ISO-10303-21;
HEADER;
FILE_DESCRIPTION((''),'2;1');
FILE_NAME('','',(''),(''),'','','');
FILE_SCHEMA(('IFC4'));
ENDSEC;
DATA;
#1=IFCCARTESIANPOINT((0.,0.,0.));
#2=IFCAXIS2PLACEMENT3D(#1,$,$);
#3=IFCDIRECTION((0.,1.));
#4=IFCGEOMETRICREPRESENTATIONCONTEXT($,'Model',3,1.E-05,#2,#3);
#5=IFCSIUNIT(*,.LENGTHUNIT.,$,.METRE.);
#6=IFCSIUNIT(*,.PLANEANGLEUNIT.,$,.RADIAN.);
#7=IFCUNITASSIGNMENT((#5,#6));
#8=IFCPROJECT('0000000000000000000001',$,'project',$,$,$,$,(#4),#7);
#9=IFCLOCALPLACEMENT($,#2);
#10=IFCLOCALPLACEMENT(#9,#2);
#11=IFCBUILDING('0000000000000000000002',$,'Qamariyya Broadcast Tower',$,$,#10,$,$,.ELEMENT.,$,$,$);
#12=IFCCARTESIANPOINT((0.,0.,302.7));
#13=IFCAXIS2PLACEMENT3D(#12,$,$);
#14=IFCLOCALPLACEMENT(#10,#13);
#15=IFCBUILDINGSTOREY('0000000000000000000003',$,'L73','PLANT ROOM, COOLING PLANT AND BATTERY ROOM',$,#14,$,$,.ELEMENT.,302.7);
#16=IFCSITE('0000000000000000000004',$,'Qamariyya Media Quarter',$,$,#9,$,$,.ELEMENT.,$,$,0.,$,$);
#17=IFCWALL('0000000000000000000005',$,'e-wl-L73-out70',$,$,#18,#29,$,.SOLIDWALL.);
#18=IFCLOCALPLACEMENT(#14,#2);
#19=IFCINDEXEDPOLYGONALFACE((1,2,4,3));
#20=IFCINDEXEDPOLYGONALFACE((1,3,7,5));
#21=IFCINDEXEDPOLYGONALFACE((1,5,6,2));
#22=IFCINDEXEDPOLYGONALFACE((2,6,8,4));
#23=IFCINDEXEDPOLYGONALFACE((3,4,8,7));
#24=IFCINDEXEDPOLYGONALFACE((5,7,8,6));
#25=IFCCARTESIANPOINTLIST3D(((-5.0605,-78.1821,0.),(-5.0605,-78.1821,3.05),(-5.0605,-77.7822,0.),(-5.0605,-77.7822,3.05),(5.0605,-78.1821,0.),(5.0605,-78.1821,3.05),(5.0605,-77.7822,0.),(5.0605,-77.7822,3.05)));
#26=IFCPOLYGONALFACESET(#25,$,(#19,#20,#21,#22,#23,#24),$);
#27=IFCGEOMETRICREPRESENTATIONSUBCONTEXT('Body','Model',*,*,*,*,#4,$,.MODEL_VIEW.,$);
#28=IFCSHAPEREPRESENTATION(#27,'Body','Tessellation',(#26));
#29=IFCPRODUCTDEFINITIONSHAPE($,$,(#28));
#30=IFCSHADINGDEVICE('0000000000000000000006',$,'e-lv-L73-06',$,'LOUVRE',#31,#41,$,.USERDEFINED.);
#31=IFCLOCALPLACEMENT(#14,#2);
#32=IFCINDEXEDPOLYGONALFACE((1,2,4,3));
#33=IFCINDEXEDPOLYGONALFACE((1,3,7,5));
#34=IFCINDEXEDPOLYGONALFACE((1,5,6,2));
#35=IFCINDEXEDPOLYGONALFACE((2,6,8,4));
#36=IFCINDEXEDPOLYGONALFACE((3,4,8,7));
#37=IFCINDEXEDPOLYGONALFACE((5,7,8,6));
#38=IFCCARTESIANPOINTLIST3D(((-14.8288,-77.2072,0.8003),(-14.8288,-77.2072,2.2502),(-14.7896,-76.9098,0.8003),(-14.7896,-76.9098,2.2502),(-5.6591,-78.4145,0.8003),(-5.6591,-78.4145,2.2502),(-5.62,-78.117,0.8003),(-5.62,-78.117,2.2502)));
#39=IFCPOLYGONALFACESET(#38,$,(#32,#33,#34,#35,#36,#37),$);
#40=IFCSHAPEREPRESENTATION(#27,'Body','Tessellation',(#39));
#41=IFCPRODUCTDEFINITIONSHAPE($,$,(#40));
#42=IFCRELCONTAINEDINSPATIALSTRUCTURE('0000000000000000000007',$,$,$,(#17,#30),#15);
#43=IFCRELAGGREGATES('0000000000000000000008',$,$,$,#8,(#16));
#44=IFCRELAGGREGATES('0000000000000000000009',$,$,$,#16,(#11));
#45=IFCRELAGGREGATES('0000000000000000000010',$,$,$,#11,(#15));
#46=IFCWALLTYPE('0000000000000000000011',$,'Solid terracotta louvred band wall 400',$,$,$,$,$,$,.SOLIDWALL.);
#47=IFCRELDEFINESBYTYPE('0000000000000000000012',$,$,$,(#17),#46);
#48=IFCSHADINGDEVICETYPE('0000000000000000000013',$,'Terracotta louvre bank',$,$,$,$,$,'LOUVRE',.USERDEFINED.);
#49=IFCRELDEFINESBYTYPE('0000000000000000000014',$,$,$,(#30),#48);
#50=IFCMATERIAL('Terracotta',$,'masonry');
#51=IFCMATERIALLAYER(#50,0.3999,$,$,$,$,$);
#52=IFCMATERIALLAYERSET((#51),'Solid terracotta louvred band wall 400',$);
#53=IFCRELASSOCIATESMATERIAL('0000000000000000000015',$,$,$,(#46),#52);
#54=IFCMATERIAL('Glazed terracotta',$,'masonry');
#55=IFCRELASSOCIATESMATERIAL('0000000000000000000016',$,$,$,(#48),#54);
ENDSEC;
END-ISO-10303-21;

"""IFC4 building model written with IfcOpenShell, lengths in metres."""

from ifc_helpers import new_model, si_unit, direction, frame, frame_2d, origin, origin_2d, place, context, subcontext, project, spatial, rectangle, extrude, material, layer, layer_set, type_object, element, save


model = new_model("IFC4")

# Units and contexts
model_context = context("Model", 3, precision=1e-05, world=origin(), true_north=direction((0.0, 1.0)))
body_context = subcontext(model_context, "Body", "Model", "MODEL_VIEW")
ifc_project = project(units=[si_unit("LENGTHUNIT", "METRE"), si_unit("PLANEANGLEUNIT", "RADIAN")], contexts=[model_context])

# Site, building, storey
site_placement = place(None, origin())
site = spatial("IfcSite", under=ifc_project, at=site_placement, Name="Qamariyya Media Quarter", CompositionType="ELEMENT", RefElevation=0.0)
building_placement = place(site_placement, origin())
building = spatial("IfcBuilding", under=site, at=building_placement, Name="Qamariyya Broadcast Tower", CompositionType="ELEMENT")
storey_placement = place(building_placement, frame((0.0, 0.0, 302.7)))
storey = spatial("IfcBuildingStorey", under=building, at=storey_placement, Name="L73", Description="PLANT ROOM, COOLING PLANT AND BATTERY ROOM", CompositionType="ELEMENT", Elevation=302.7)

# Wall
ifc_material_1 = material(Name="Terracotta", Category="masonry")
ifc_layer_1 = layer(ifc_material_1, 0.3999)
ifc_layer_set_1 = layer_set([ifc_layer_1], Name="Solid terracotta louvred band wall 400")
wall_type_1 = type_object("IfcWallType", Name="Solid terracotta louvred band wall 400", PredefinedType="SOLIDWALL", material=ifc_layer_set_1)
wall_1_placement = place(storey_placement, frame((-5.0605, -77.9822, 0.0), z_axis=(0.0, 0.0, 1.0), x_axis=(1.0, 0.0, 0.0)))
element("IfcWall", 1, at=wall_1_placement, inside=storey, type_object=wall_type_1, Name="e-wl-L73-out70", PredefinedType="SOLIDWALL", context=body_context, shape_type="SweptSolid", body=[
    extrude(rectangle(XDim=10.1211, YDim=0.3999, at=frame_2d((5.0605, 0.0))), origin(), (0.0, 0.0, 1.0), 3.05),
])

# Shading device
ifc_material_2 = material(Name="Glazed terracotta", Category="masonry")
shading_device_type = type_object("IfcShadingDeviceType", Name="Terracotta louvre bank", ElementType="LOUVRE", PredefinedType="USERDEFINED", material=ifc_material_2)
shading_device_placement = place(storey_placement, frame((-10.2244, -77.6621, 0.8003), z_axis=(0.0, 0.0, 1.0), x_axis=(0.991445, -0.130526, 0.0)))
element("IfcShadingDevice", 2, at=shading_device_placement, inside=storey, type_object=shading_device_type, Name="e-lv-L73-06", ObjectType="LOUVRE", PredefinedType="USERDEFINED", context=body_context, shape_type="SweptSolid", body=[
    extrude(rectangle(XDim=9.2488, YDim=0.3, at=origin_2d()), origin(), (0.0, 0.0, 1.0), 1.45),
])

save(model, "model.ifc")
